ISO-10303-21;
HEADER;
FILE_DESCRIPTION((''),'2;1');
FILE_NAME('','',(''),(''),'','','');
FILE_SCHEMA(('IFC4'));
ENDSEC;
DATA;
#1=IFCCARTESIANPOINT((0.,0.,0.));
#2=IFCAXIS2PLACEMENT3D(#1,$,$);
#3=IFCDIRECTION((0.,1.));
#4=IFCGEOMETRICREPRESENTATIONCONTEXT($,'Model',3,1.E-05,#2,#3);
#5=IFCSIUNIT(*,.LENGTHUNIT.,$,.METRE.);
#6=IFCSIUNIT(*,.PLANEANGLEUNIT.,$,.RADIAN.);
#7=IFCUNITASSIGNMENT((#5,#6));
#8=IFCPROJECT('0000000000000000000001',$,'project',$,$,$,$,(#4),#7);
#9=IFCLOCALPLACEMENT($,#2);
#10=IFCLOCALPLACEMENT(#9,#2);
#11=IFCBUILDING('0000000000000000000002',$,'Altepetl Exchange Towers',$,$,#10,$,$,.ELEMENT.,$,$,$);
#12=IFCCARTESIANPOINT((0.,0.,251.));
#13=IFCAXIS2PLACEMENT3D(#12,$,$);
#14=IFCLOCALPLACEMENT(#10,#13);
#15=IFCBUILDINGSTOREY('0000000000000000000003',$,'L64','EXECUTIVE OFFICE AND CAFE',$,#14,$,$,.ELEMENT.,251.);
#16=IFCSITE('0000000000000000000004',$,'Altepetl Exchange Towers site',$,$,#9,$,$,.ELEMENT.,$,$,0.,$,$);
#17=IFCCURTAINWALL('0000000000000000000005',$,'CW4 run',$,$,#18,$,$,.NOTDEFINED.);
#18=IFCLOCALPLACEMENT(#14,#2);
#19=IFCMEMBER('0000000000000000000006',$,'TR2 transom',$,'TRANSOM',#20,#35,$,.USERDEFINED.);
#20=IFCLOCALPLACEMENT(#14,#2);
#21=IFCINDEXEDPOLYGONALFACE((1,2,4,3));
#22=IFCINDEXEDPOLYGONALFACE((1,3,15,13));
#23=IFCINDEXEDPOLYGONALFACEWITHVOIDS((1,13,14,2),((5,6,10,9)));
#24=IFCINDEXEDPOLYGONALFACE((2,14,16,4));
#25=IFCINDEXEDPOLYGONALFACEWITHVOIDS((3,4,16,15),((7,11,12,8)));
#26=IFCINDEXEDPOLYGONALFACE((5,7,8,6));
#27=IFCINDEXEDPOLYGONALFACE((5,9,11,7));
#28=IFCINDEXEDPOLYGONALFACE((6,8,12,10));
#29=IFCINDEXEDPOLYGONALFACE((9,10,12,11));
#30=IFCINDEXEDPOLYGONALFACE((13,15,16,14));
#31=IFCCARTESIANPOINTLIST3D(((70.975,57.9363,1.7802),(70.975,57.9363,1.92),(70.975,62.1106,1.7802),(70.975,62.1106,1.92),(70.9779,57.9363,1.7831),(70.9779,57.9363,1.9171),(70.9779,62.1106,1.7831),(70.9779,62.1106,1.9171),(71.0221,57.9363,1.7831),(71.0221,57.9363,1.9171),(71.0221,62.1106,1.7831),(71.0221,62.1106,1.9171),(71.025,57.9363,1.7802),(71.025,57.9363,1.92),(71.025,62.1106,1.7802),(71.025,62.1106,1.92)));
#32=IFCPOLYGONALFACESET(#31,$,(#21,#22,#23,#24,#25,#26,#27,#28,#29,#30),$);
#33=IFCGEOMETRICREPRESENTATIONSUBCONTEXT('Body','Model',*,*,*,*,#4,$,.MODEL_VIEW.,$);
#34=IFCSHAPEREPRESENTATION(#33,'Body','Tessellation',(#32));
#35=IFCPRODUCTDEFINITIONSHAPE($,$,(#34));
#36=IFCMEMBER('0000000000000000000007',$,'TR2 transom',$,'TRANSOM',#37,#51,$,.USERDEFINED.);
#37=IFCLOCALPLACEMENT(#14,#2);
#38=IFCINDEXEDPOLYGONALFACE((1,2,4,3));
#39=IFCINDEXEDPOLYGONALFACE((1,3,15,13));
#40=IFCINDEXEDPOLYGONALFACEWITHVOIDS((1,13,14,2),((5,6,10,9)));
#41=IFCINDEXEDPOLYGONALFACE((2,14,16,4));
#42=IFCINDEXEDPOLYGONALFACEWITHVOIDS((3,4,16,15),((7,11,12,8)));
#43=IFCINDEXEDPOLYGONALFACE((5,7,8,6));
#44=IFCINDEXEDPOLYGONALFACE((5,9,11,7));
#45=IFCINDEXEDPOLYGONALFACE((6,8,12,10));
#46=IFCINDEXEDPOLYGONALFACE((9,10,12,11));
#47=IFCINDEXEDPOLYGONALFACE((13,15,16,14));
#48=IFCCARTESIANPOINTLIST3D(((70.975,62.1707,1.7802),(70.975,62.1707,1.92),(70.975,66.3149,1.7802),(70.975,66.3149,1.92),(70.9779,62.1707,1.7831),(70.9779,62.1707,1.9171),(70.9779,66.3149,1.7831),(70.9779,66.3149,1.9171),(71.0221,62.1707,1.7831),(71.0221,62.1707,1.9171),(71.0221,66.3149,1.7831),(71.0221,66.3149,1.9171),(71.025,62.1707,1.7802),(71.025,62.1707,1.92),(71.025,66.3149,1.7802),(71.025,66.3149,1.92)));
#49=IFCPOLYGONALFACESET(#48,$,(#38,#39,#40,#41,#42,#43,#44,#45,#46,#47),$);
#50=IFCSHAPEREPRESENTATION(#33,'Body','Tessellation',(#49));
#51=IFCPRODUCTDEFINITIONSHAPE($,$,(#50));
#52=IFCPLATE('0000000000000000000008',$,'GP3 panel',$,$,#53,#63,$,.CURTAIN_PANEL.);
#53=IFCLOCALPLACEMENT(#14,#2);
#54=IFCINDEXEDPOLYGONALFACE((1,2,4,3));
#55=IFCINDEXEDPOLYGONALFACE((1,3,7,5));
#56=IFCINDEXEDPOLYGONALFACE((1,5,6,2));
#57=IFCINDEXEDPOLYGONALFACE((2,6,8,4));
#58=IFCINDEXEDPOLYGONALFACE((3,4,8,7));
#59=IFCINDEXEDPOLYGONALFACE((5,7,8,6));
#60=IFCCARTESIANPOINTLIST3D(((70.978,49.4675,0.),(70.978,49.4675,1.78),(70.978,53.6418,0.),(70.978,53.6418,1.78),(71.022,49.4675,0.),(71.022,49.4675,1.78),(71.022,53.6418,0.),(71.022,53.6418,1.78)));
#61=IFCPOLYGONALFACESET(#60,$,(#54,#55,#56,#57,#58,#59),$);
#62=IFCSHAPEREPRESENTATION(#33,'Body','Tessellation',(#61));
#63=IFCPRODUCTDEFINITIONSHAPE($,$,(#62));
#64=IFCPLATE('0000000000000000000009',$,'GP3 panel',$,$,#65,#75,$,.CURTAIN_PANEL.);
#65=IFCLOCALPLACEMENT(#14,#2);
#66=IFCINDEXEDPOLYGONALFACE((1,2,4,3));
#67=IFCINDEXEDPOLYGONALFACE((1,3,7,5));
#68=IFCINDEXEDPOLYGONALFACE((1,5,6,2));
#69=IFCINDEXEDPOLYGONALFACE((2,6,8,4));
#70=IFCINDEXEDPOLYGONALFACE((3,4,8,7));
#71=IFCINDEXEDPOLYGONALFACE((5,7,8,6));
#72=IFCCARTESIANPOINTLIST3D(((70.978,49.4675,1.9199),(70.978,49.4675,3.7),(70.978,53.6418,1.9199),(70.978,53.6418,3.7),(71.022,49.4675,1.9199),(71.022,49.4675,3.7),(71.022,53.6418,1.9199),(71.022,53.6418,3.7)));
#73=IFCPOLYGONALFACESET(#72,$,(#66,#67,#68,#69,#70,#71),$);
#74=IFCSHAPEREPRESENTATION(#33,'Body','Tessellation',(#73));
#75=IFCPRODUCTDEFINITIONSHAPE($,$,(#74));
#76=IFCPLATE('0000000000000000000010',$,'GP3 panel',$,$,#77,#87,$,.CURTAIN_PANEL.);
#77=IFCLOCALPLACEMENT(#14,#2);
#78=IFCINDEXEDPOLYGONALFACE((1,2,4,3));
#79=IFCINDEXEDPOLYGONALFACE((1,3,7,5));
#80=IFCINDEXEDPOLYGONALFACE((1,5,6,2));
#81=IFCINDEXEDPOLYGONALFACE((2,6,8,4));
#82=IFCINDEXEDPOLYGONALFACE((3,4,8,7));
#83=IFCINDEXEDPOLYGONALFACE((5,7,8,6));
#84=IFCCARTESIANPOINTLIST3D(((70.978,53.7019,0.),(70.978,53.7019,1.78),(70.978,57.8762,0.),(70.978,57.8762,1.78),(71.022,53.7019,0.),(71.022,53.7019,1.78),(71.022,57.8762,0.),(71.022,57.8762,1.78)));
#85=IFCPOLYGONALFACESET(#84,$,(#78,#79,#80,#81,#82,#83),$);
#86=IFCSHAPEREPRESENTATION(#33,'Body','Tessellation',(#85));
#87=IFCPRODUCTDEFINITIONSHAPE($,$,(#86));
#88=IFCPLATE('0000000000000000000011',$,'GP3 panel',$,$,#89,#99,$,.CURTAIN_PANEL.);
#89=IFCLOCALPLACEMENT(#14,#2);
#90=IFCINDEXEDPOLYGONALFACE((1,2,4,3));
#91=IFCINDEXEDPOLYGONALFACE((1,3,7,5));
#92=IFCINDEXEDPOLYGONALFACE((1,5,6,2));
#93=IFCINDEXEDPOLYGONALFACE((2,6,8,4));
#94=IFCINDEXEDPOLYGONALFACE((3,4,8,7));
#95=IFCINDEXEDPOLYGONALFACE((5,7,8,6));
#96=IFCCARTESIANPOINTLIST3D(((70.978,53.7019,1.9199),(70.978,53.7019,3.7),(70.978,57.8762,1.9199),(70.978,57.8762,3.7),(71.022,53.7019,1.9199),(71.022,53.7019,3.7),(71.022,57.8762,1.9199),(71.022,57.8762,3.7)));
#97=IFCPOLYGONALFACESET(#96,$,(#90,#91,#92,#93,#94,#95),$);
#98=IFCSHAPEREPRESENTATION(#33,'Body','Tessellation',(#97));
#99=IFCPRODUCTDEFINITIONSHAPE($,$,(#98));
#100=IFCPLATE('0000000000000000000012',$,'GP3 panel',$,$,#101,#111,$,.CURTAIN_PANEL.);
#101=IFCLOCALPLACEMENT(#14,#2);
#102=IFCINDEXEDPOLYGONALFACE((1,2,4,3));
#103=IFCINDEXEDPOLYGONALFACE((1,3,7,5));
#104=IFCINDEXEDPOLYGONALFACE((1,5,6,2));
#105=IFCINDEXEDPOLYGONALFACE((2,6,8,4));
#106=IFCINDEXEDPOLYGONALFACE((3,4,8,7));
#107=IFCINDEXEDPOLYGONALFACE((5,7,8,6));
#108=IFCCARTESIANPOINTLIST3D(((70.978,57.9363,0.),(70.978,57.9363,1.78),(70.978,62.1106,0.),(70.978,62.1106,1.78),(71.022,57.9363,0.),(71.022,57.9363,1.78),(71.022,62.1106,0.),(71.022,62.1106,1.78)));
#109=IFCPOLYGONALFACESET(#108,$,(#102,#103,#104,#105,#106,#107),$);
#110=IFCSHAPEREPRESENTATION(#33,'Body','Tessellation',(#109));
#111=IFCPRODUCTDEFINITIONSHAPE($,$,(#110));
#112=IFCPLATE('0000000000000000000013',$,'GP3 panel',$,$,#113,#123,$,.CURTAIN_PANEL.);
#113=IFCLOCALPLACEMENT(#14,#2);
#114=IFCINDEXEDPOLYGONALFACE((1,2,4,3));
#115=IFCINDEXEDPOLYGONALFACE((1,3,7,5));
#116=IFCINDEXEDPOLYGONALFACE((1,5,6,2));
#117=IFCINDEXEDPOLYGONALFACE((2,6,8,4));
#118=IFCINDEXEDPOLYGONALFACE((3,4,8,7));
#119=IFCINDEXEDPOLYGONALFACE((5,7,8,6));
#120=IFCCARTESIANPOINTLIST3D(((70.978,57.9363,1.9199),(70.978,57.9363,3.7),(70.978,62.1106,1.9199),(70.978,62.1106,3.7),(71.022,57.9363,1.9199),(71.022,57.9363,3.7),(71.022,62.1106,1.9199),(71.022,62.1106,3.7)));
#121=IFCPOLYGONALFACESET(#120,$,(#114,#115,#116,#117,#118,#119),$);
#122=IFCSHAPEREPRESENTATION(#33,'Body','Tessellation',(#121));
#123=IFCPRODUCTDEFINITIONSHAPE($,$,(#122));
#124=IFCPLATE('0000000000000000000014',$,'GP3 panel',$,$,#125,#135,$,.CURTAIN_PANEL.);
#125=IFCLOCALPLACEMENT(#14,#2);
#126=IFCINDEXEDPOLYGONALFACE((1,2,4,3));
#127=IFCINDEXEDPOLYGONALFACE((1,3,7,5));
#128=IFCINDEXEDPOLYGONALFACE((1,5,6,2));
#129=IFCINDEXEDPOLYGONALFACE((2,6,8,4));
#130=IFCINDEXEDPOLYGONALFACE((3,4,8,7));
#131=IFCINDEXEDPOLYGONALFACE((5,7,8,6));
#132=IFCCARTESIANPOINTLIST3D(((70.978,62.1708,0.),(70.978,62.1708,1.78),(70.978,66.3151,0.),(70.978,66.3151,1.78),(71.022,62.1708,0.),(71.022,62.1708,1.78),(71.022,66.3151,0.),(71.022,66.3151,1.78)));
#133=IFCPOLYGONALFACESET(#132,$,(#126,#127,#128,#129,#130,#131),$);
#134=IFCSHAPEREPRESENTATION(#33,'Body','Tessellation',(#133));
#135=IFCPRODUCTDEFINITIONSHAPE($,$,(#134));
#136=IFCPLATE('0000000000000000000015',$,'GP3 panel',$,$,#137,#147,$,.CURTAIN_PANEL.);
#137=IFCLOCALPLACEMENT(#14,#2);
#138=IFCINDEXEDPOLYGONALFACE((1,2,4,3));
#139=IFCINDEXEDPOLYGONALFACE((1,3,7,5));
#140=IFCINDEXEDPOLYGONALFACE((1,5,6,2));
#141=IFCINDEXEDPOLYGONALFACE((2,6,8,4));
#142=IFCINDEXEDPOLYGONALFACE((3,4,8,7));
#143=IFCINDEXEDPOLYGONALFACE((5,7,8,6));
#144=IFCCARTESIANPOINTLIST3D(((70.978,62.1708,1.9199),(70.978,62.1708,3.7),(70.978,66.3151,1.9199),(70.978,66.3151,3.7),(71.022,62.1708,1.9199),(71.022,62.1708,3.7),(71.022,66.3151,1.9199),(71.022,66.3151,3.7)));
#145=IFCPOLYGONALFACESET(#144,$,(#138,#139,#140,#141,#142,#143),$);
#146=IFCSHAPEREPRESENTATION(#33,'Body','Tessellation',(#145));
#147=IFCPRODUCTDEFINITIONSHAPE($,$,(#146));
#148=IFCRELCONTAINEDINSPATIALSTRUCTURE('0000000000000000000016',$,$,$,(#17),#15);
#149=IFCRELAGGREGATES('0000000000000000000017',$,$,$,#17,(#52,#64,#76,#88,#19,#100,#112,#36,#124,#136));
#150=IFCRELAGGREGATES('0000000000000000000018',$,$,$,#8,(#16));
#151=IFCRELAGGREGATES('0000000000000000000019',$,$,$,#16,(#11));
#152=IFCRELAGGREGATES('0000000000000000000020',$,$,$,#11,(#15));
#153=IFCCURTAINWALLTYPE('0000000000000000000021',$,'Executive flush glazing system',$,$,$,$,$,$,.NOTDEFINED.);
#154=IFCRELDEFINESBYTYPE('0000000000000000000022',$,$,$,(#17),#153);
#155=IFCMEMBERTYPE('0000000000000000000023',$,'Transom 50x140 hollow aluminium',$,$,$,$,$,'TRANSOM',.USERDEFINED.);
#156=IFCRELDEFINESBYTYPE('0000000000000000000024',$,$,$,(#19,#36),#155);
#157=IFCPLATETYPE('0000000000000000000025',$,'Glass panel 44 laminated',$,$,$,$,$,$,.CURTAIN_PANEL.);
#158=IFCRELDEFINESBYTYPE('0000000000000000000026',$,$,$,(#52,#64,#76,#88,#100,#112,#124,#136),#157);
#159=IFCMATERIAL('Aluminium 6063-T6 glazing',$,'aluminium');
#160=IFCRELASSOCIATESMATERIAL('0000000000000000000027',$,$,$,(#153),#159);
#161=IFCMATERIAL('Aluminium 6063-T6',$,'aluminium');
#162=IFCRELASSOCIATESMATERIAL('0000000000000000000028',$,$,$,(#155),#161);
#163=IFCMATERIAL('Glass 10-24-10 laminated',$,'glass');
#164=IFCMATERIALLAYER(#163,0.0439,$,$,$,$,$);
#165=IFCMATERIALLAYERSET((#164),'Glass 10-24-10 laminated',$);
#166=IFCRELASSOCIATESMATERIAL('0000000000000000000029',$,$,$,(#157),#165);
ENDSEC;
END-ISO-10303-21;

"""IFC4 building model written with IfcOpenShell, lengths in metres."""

from ifc_helpers import new_model, si_unit, direction, frame, origin, origin_2d, place, context, subcontext, project, spatial, rectangle, hollow_rectangle, extrude, material, layer, layer_set, material_profile, profile_set, type_object, element, aggregate, save


model = new_model("IFC4")

# Units and contexts
model_context = context("Model", 3, precision=1e-05, world=origin(), true_north=direction((0.0, 1.0)))
body_context = subcontext(model_context, "Body", "Model", "MODEL_VIEW")
ifc_project = project(units=[si_unit("LENGTHUNIT", "METRE"), si_unit("PLANEANGLEUNIT", "RADIAN")], contexts=[model_context])

# Site, building, storey
site_placement = place(None, origin())
site = spatial("IfcSite", under=ifc_project, at=site_placement, Name="Altepetl Exchange Towers site", CompositionType="ELEMENT", RefElevation=0.0)
building_placement = place(site_placement, origin())
building = spatial("IfcBuilding", under=site, at=building_placement, Name="Altepetl Exchange Towers", CompositionType="ELEMENT")
storey_placement = place(building_placement, frame((0.0, 0.0, 251.0)))
storey = spatial("IfcBuildingStorey", under=building, at=storey_placement, Name="L64", Description="EXECUTIVE OFFICE AND CAFE", CompositionType="ELEMENT", Elevation=251.0)

# Curtain wall
ifc_material_1 = material(Name="Aluminium 6063-T6 glazing", Category="aluminium")
curtain_wall_type = type_object("IfcCurtainWallType", Name="Executive flush glazing system", PredefinedType="NOTDEFINED", material=ifc_material_1)
curtain_wall_placement = place(storey_placement, origin())
curtain_wall = element("IfcCurtainWall", 1, at=curtain_wall_placement, inside=storey, type_object=curtain_wall_type, Name="CW4 run", PredefinedType="NOTDEFINED")
ifc_material_2 = material(Name="Aluminium 6063-T6", Category="aluminium")

# Members
ifc_material_profile_1 = material_profile(ifc_material_2, hollow_rectangle(XDim=0.05, YDim=0.1399, WallThickness=0.0029, at=origin_2d()), Name="Transom 50x140 hollow aluminium")
ifc_profile_set_1 = profile_set([ifc_material_profile_1], Name="Aluminium 6063-T6")
member_type_1 = type_object("IfcMemberType", Name="Transom 50x140 hollow aluminium", ElementType="TRANSOM", PredefinedType="USERDEFINED", material=ifc_profile_set_1)
member_1_placement = place(storey_placement, frame((71.0, 57.9363, 1.8501), z_axis=(0.0, 1.0, 0.0), x_axis=(-1.0, 0.0, 0.0)))
member_1 = element("IfcMember", 2, at=member_1_placement, type_object=member_type_1, Name="TR2 transom", ObjectType="TRANSOM", PredefinedType="USERDEFINED", context=body_context, shape_type="SweptSolid", body=[
    extrude(hollow_rectangle(XDim=0.05, YDim=0.1399, WallThickness=0.0029, at=origin_2d()), origin(), (0.0, 0.0, 1.0), 4.1743),
])
member_2_placement = place(storey_placement, frame((71.0, 62.1707, 1.8501), z_axis=(0.0, 1.0, 0.0), x_axis=(-1.0, 0.0, 0.0)))
member_2 = element("IfcMember", 3, at=member_2_placement, type_object=member_type_1, Name="TR2 transom", ObjectType="TRANSOM", PredefinedType="USERDEFINED", context=body_context, shape_type="SweptSolid", body=[
    extrude(hollow_rectangle(XDim=0.05, YDim=0.1399, WallThickness=0.0029, at=origin_2d()), origin(), (0.0, 0.0, 1.0), 4.1443),
])

# Plates
ifc_material_3 = material(Name="Glass 10-24-10 laminated", Category="glass")
ifc_layer = layer(ifc_material_3, 0.0439)
ifc_layer_set = layer_set([ifc_layer], Name="Glass 10-24-10 laminated")
plate_type = type_object("IfcPlateType", Name="Glass panel 44 laminated", PredefinedType="CURTAIN_PANEL", material=ifc_layer_set)
plate_1_placement = place(storey_placement, frame((71.0, 51.5547, 0.0), z_axis=(0.0, 0.0, 1.0), x_axis=(0.0, 1.0, 0.0)))
plate_1 = element("IfcPlate", 4, at=plate_1_placement, type_object=plate_type, Name="GP3 panel", PredefinedType="CURTAIN_PANEL", context=body_context, shape_type="SweptSolid", body=[
    extrude(rectangle(XDim=4.1743, YDim=0.0439, at=origin_2d()), origin(), (0.0, 0.0, 1.0), 1.78),
])
plate_2_placement = place(storey_placement, frame((71.0, 51.5547, 1.9199), z_axis=(0.0, 0.0, 1.0), x_axis=(0.0, 1.0, 0.0)))
plate_2 = element("IfcPlate", 5, at=plate_2_placement, type_object=plate_type, Name="GP3 panel", PredefinedType="CURTAIN_PANEL", context=body_context, shape_type="SweptSolid", body=[
    extrude(rectangle(XDim=4.1743, YDim=0.0439, at=origin_2d()), origin(), (0.0, 0.0, 1.0), 1.78),
])
plate_3_placement = place(storey_placement, frame((71.0, 55.7891, 0.0), z_axis=(0.0, 0.0, 1.0), x_axis=(0.0, 1.0, 0.0)))
plate_3 = element("IfcPlate", 6, at=plate_3_placement, type_object=plate_type, Name="GP3 panel", PredefinedType="CURTAIN_PANEL", context=body_context, shape_type="SweptSolid", body=[
    extrude(rectangle(XDim=4.1743, YDim=0.0439, at=origin_2d()), origin(), (0.0, 0.0, 1.0), 1.78),
])
plate_4_placement = place(storey_placement, frame((71.0, 55.7891, 1.9199), z_axis=(0.0, 0.0, 1.0), x_axis=(0.0, 1.0, 0.0)))
plate_4 = element("IfcPlate", 7, at=plate_4_placement, type_object=plate_type, Name="GP3 panel", PredefinedType="CURTAIN_PANEL", context=body_context, shape_type="SweptSolid", body=[
    extrude(rectangle(XDim=4.1743, YDim=0.0439, at=origin_2d()), origin(), (0.0, 0.0, 1.0), 1.78),
])
plate_5_placement = place(storey_placement, frame((71.0, 60.0234, 0.0), z_axis=(0.0, 0.0, 1.0), x_axis=(0.0, 1.0, 0.0)))
plate_5 = element("IfcPlate", 8, at=plate_5_placement, type_object=plate_type, Name="GP3 panel", PredefinedType="CURTAIN_PANEL", context=body_context, shape_type="SweptSolid", body=[
    extrude(rectangle(XDim=4.1743, YDim=0.0439, at=origin_2d()), origin(), (0.0, 0.0, 1.0), 1.78),
])
plate_6_placement = place(storey_placement, frame((71.0, 60.0234, 1.9199), z_axis=(0.0, 0.0, 1.0), x_axis=(0.0, 1.0, 0.0)))
plate_6 = element("IfcPlate", 9, at=plate_6_placement, type_object=plate_type, Name="GP3 panel", PredefinedType="CURTAIN_PANEL", context=body_context, shape_type="SweptSolid", body=[
    extrude(rectangle(XDim=4.1743, YDim=0.0439, at=origin_2d()), origin(), (0.0, 0.0, 1.0), 1.78),
])
plate_7_placement = place(storey_placement, frame((71.0, 64.2429, 0.0), z_axis=(0.0, 0.0, 1.0), x_axis=(0.0, 1.0, 0.0)))
plate_7 = element("IfcPlate", 10, at=plate_7_placement, type_object=plate_type, Name="GP3 panel", PredefinedType="CURTAIN_PANEL", context=body_context, shape_type="SweptSolid", body=[
    extrude(rectangle(XDim=4.1443, YDim=0.0439, at=origin_2d()), origin(), (0.0, 0.0, 1.0), 1.78),
])
plate_8_placement = place(storey_placement, frame((71.0, 64.2429, 1.9199), z_axis=(0.0, 0.0, 1.0), x_axis=(0.0, 1.0, 0.0)))
plate_8 = element("IfcPlate", 11, at=plate_8_placement, type_object=plate_type, Name="GP3 panel", PredefinedType="CURTAIN_PANEL", context=body_context, shape_type="SweptSolid", body=[
    extrude(rectangle(XDim=4.1443, YDim=0.0439, at=origin_2d()), origin(), (0.0, 0.0, 1.0), 1.78),
])
aggregate(curtain_wall, [plate_1, plate_2, plate_3, plate_4, member_1, plate_5, plate_6, member_2, plate_7, plate_8])

save(model, "model.ifc")
